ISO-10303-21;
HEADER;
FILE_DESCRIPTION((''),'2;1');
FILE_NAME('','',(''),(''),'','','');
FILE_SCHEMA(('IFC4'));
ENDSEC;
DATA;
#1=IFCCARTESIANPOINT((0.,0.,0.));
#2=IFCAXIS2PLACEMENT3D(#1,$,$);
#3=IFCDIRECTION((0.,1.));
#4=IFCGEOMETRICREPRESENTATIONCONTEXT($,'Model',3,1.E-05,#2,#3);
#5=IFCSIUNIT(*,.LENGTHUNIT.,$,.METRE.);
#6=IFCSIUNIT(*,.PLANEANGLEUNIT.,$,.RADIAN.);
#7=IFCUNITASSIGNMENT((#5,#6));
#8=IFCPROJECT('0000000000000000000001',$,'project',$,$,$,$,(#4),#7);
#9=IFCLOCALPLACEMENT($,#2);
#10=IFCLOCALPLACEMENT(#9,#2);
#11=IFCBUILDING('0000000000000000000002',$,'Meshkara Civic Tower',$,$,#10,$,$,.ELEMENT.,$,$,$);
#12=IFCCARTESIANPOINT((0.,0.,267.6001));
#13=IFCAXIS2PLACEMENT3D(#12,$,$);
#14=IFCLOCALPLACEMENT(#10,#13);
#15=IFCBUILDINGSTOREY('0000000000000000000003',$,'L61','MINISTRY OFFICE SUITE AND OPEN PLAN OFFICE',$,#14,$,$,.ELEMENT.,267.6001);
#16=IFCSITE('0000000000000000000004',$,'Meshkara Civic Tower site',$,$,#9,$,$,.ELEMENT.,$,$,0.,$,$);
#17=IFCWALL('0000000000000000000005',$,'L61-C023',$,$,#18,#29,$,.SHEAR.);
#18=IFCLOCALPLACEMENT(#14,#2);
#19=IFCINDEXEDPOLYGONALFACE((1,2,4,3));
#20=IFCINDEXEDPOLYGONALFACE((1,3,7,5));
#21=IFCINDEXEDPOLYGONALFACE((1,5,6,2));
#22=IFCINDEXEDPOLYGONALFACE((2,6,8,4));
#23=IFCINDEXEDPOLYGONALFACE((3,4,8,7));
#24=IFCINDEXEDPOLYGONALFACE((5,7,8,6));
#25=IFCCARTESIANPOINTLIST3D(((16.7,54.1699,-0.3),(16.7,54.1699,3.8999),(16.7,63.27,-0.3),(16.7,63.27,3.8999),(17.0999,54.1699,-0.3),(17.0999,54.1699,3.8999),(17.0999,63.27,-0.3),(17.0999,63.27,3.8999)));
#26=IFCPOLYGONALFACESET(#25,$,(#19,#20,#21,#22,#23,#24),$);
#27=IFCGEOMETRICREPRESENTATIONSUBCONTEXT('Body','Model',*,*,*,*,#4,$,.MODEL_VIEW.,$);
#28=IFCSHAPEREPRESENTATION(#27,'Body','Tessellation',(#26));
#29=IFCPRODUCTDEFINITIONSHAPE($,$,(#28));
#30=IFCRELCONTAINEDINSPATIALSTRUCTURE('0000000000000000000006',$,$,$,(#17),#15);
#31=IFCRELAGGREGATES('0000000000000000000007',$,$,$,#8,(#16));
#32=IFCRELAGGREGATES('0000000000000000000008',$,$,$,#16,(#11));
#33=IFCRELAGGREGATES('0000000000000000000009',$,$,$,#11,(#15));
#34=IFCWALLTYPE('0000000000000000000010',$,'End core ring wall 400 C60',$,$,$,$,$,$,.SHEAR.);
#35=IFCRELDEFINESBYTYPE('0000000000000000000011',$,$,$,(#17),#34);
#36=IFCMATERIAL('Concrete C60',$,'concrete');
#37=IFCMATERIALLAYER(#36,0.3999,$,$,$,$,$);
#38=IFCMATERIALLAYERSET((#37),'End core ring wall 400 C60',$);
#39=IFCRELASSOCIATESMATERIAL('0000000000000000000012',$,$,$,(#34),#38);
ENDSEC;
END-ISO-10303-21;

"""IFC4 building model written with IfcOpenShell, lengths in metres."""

from ifc_helpers import new_model, si_unit, direction, frame, frame_2d, origin, place, context, subcontext, project, spatial, rectangle, extrude, material, layer, layer_set, type_object, element, save


model = new_model("IFC4")

# Units and contexts
model_context = context("Model", 3, precision=1e-05, world=origin(), true_north=direction((0.0, 1.0)))
body_context = subcontext(model_context, "Body", "Model", "MODEL_VIEW")
ifc_project = project(units=[si_unit("LENGTHUNIT", "METRE"), si_unit("PLANEANGLEUNIT", "RADIAN")], contexts=[model_context])

# Site, building, storey
site_placement = place(None, origin())
site = spatial("IfcSite", under=ifc_project, at=site_placement, Name="Meshkara Civic Tower site", CompositionType="ELEMENT", RefElevation=0.0)
building_placement = place(site_placement, origin())
building = spatial("IfcBuilding", under=site, at=building_placement, Name="Meshkara Civic Tower", CompositionType="ELEMENT")
storey_placement = place(building_placement, frame((0.0, 0.0, 267.6001)))
storey = spatial("IfcBuildingStorey", under=building, at=storey_placement, Name="L61", Description="MINISTRY OFFICE SUITE AND OPEN PLAN OFFICE", CompositionType="ELEMENT", Elevation=267.6001)

# Wall
ifc_material_1 = material(Name="Concrete C60", Category="concrete")
ifc_layer_1 = layer(ifc_material_1, 0.3999)
ifc_layer_set_1 = layer_set([ifc_layer_1], Name="End core ring wall 400 C60")
wall_type_1 = type_object("IfcWallType", Name="End core ring wall 400 C60", PredefinedType="SHEAR", material=ifc_layer_set_1)
wall_1_placement = place(storey_placement, frame((16.8999, 54.1699, -0.3), z_axis=(0.0, 0.0, 1.0), x_axis=(0.0, 1.0, 0.0)))
element("IfcWall", 1, at=wall_1_placement, inside=storey, type_object=wall_type_1, Name="L61-C023", PredefinedType="SHEAR", context=body_context, shape_type="SweptSolid", body=[
    extrude(rectangle(XDim=9.1001, YDim=0.3999, at=frame_2d((4.55, 0.0))), origin(), (0.0, 0.0, 1.0), 4.2),
])

save(model, "model.ifc")
